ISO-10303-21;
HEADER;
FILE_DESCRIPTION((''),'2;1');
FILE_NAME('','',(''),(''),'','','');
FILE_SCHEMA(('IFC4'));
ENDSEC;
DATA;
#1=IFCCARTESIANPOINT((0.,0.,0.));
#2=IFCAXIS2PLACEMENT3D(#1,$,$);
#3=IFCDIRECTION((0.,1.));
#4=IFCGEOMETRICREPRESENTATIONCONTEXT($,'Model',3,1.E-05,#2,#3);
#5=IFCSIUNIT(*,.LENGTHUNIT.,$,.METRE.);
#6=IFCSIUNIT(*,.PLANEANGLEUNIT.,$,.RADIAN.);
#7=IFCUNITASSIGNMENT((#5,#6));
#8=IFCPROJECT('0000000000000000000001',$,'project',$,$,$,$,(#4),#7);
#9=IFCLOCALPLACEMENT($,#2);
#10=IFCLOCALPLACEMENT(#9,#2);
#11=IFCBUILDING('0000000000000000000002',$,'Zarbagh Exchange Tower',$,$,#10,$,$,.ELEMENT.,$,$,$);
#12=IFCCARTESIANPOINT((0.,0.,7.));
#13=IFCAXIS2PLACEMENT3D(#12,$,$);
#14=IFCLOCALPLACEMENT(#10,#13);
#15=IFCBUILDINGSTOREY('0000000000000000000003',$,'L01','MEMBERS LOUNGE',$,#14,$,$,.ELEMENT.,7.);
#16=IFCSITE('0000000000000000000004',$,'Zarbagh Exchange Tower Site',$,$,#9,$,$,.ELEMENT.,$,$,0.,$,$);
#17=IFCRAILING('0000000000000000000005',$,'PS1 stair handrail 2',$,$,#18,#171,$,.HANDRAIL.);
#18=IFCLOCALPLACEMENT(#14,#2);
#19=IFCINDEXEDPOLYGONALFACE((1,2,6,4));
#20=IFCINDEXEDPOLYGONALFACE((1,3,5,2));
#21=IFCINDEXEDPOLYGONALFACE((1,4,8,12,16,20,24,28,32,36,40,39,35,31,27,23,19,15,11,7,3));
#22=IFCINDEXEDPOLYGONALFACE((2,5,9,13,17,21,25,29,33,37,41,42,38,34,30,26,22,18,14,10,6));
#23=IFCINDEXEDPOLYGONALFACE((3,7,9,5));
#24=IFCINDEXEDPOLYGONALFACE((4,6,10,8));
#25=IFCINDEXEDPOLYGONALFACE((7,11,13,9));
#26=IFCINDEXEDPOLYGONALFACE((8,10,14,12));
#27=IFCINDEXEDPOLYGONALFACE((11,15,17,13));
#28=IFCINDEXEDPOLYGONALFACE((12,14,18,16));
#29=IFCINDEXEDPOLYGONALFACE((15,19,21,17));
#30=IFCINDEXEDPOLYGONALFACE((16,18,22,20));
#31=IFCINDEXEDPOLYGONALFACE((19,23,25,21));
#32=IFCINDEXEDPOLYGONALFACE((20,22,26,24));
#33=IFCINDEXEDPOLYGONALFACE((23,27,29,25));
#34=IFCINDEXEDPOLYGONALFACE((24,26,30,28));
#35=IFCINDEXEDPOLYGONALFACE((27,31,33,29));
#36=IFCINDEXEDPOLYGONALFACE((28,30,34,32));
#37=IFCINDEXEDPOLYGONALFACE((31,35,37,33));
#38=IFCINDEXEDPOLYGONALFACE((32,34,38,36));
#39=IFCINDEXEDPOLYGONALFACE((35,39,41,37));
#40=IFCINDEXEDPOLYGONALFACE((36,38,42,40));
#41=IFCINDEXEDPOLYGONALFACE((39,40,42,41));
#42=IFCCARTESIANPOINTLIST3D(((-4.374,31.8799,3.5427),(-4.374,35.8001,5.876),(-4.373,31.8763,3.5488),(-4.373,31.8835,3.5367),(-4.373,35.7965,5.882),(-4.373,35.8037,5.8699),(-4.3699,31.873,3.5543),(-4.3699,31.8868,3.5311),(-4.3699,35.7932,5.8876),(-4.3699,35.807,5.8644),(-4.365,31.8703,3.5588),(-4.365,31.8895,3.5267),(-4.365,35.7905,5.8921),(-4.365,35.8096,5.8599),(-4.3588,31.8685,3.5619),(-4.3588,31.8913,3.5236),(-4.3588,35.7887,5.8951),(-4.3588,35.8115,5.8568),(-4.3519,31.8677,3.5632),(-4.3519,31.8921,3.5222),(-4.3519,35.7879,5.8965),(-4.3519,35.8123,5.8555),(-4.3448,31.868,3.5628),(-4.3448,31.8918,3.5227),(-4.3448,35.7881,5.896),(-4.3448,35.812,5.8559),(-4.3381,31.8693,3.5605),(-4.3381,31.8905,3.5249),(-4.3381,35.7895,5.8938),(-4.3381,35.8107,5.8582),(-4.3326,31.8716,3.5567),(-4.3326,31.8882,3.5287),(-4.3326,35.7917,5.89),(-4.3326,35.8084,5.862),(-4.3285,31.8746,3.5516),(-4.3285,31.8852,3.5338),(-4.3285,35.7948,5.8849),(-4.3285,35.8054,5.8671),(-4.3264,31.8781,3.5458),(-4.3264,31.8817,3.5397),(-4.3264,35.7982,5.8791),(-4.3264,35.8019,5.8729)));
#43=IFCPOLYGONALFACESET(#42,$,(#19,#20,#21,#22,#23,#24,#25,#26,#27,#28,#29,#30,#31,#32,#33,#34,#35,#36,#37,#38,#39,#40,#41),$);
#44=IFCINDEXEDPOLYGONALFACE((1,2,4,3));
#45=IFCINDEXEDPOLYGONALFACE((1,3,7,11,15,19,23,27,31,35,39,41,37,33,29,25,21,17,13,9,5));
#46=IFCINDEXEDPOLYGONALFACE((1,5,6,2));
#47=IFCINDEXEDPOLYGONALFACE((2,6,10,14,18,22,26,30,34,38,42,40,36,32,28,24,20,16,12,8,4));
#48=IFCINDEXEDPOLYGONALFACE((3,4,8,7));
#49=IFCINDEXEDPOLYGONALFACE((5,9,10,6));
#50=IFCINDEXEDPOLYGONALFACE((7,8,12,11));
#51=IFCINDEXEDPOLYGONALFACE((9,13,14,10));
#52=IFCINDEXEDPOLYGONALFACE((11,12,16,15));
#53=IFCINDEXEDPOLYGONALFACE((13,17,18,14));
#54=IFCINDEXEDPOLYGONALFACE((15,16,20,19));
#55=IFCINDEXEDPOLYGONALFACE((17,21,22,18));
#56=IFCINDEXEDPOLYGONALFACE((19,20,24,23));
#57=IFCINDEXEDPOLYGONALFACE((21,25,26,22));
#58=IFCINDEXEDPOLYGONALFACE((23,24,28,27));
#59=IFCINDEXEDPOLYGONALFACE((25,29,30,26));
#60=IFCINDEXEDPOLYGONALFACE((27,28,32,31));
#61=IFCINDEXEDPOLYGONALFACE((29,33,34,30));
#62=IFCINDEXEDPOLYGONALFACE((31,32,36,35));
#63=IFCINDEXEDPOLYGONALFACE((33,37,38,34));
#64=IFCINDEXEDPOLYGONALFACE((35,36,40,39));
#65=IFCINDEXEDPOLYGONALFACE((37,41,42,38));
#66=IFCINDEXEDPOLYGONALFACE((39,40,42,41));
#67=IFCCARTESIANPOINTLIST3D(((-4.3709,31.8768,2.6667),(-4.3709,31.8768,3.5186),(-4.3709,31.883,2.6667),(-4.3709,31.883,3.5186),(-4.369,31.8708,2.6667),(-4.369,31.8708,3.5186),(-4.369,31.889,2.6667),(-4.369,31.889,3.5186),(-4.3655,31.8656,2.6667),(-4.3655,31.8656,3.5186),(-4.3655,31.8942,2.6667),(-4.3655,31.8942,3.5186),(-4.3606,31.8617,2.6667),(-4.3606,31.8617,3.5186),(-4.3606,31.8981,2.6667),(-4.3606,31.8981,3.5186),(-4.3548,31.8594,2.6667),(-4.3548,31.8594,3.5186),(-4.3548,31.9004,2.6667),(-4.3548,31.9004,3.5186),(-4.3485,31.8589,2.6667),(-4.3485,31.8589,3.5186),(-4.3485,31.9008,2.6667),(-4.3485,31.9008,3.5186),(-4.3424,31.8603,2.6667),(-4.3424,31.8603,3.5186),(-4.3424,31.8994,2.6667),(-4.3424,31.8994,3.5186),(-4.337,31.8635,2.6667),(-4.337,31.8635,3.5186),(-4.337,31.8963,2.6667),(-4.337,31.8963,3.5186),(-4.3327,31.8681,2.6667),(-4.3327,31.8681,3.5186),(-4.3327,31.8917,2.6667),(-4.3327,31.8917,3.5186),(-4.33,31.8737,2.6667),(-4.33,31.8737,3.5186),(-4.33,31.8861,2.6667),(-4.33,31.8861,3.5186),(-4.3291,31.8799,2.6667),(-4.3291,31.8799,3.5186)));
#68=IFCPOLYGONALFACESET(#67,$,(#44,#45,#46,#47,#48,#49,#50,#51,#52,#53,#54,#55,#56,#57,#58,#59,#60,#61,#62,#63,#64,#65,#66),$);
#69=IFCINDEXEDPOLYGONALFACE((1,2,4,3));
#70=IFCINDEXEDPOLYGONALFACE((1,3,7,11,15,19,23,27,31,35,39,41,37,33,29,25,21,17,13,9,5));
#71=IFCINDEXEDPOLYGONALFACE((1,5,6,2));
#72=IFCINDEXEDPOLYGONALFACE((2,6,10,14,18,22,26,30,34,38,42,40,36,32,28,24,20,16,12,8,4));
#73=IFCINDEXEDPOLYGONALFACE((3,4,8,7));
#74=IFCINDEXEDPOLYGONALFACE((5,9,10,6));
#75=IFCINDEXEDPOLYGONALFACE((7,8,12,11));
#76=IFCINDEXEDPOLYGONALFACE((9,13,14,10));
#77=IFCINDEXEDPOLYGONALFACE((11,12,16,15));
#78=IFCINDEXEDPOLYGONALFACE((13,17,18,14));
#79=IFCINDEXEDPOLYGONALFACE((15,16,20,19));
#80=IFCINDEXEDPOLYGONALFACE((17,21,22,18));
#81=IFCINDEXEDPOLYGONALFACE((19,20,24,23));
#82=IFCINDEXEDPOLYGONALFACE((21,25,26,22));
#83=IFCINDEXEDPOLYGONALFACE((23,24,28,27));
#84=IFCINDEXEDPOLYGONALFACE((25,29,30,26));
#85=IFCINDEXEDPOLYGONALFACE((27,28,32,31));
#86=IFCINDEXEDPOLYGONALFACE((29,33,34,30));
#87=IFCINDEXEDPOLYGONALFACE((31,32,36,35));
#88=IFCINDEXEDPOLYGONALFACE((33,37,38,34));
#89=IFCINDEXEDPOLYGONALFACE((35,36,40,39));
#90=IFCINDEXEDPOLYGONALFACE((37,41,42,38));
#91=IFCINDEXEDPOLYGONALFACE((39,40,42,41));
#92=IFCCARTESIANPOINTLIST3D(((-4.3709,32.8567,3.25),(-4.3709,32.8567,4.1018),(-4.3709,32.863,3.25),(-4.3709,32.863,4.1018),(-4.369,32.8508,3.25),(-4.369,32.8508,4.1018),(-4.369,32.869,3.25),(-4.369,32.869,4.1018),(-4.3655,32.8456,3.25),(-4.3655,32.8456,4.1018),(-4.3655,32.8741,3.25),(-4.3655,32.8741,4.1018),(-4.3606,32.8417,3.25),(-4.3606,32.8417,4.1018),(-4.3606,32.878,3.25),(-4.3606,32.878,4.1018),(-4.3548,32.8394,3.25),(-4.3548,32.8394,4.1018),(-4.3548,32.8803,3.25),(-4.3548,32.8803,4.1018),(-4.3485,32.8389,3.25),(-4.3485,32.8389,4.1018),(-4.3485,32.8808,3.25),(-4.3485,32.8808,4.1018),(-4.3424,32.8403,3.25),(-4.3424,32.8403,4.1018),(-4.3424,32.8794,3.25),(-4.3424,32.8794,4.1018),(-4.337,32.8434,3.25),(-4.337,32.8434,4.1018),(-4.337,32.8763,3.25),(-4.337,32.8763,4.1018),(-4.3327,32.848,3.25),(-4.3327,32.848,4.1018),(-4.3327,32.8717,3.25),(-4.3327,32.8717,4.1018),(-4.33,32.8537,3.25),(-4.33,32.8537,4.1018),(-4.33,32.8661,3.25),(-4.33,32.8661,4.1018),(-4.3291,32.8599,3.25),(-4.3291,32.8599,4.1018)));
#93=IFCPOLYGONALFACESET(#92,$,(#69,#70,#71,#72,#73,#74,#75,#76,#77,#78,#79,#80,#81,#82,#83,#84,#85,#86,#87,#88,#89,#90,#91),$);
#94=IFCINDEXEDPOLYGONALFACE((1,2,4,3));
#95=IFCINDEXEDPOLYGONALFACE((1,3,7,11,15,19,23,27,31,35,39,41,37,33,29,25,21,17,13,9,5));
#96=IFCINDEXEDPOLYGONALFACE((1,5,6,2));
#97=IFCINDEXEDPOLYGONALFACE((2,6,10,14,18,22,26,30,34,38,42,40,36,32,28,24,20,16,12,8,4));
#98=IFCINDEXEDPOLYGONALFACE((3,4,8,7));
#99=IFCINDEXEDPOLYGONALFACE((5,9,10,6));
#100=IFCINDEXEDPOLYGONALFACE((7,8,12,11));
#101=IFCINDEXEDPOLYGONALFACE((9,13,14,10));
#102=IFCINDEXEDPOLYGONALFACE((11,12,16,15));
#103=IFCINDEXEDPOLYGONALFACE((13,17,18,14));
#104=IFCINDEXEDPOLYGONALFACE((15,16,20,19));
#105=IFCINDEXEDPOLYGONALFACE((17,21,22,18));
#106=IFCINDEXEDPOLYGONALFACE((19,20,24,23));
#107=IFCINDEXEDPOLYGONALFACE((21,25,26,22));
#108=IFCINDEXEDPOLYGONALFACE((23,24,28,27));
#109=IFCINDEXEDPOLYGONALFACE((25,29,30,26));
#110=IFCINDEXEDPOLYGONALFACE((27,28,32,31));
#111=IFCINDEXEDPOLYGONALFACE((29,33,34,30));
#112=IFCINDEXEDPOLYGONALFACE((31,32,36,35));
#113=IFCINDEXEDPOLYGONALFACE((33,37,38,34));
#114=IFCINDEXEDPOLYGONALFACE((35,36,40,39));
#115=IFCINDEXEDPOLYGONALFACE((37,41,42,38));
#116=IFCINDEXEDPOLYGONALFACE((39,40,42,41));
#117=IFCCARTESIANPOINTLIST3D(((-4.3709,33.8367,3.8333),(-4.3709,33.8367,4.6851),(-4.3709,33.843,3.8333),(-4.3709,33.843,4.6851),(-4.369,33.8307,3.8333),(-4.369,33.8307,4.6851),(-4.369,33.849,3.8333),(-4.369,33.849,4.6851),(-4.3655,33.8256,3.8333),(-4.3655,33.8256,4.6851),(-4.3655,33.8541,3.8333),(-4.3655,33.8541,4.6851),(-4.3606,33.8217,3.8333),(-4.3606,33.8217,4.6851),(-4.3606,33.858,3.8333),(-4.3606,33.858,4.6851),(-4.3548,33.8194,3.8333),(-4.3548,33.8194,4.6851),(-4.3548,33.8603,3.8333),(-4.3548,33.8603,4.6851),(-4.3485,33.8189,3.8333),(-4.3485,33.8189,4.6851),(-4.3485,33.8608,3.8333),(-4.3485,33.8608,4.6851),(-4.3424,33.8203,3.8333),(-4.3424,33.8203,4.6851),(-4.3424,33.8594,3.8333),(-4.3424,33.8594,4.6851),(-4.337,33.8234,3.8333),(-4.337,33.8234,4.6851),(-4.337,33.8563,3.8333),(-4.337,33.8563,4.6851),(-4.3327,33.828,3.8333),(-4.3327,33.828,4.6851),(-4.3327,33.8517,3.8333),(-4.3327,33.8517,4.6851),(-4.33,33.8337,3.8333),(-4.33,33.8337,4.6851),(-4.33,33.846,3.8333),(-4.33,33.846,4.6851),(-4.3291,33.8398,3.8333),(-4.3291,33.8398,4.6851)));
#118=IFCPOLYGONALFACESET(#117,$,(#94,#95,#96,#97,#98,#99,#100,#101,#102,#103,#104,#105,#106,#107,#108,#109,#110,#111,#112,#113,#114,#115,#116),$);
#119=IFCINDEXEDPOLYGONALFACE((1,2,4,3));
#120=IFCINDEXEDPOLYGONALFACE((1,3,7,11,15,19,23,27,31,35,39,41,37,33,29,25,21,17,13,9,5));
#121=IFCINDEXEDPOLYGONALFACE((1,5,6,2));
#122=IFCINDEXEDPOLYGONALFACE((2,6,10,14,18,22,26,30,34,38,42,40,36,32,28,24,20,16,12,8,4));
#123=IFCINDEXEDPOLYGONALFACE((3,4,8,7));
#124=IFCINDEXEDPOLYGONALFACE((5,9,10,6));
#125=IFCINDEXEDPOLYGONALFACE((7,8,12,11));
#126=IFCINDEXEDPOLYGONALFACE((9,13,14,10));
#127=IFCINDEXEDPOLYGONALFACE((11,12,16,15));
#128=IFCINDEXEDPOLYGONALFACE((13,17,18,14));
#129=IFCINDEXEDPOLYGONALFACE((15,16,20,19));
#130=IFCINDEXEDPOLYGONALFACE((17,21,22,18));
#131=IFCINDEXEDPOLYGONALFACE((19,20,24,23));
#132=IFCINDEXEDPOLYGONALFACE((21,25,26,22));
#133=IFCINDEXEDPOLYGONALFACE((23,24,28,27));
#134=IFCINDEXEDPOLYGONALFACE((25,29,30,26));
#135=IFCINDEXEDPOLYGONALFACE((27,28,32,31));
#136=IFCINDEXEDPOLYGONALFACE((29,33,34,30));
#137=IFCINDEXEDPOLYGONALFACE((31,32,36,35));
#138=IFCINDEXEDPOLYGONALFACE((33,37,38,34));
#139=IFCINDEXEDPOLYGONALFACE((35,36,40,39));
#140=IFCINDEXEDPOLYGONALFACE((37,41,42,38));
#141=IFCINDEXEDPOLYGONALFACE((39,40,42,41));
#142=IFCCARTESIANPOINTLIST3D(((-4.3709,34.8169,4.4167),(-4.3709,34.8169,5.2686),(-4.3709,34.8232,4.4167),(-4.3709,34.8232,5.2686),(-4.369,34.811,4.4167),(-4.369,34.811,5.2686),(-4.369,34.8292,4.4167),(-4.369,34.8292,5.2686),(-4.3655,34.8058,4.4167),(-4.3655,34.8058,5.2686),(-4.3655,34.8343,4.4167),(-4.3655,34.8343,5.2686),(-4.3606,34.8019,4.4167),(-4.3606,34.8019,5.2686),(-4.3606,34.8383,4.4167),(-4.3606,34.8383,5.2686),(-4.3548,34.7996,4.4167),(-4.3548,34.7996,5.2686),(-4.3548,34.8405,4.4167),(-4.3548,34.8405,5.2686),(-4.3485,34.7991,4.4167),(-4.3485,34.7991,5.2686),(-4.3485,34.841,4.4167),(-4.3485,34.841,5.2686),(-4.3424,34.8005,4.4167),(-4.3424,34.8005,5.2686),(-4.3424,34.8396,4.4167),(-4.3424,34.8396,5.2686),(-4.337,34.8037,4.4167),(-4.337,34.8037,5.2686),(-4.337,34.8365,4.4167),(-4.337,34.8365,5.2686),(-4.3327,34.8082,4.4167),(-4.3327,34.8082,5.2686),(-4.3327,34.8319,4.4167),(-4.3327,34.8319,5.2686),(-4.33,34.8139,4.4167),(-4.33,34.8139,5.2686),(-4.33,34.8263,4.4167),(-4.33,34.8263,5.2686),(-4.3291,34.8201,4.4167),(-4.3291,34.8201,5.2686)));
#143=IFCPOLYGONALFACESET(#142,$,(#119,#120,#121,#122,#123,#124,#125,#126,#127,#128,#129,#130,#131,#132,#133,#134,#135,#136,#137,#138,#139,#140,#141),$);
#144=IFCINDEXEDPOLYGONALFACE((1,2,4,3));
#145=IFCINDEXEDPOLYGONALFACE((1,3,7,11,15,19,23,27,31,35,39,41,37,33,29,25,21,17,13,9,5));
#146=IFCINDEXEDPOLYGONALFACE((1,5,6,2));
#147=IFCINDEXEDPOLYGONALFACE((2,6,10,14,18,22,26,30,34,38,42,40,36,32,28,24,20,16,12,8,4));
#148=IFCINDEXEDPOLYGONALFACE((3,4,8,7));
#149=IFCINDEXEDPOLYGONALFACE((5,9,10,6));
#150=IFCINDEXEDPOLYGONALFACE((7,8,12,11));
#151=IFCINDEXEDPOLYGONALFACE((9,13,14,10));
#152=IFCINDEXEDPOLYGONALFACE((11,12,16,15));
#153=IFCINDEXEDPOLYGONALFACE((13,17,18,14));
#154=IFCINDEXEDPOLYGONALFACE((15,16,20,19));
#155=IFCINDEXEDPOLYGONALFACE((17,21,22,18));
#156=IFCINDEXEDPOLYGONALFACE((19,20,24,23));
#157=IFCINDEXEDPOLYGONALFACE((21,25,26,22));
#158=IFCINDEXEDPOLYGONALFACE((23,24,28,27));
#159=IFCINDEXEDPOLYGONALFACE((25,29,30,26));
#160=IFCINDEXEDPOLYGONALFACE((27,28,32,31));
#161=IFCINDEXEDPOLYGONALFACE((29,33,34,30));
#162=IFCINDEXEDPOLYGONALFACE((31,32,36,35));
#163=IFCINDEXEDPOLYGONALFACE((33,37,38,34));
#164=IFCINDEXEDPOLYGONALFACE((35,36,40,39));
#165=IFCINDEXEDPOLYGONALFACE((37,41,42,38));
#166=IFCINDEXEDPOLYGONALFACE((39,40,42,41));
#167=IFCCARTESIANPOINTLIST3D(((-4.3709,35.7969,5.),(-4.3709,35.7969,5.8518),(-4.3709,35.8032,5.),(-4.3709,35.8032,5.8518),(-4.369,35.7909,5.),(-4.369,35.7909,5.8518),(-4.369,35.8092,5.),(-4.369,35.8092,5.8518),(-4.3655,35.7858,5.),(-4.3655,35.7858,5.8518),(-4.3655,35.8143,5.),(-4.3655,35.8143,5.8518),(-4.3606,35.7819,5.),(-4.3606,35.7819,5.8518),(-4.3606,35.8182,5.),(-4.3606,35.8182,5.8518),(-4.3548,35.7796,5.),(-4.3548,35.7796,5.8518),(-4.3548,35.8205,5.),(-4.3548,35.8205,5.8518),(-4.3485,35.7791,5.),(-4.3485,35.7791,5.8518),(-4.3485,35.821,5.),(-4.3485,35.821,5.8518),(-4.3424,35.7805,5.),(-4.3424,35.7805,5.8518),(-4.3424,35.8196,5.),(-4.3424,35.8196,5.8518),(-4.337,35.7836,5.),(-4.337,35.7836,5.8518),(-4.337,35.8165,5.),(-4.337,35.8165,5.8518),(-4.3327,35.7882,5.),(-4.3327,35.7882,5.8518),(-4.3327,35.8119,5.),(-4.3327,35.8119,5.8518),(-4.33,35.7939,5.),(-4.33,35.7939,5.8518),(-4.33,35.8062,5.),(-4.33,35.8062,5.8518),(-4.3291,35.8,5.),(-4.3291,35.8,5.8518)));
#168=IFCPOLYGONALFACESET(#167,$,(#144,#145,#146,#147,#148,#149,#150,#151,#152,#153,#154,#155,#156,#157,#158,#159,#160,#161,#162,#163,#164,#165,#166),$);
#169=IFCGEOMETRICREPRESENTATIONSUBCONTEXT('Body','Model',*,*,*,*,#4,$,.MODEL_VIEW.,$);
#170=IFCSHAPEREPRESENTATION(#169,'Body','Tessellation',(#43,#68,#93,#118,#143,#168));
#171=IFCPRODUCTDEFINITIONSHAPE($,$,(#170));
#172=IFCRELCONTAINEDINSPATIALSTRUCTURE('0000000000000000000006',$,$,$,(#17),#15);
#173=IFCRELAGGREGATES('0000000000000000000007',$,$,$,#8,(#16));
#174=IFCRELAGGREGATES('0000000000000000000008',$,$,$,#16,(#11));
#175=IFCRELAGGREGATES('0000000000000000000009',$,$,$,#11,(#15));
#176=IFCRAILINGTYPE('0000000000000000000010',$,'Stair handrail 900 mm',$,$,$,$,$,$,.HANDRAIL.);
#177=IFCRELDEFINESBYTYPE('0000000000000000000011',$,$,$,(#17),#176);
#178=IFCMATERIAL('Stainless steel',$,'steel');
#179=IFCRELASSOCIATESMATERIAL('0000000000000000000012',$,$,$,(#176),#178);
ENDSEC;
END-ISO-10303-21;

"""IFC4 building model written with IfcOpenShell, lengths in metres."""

from ifc_helpers import new_model, si_unit, direction, frame, origin, origin_2d, place, context, subcontext, project, spatial, circle, extrude, material, type_object, element, save


model = new_model("IFC4")

# Units and contexts
model_context = context("Model", 3, precision=1e-05, world=origin(), true_north=direction((0.0, 1.0)))
body_context = subcontext(model_context, "Body", "Model", "MODEL_VIEW")
ifc_project = project(units=[si_unit("LENGTHUNIT", "METRE"), si_unit("PLANEANGLEUNIT", "RADIAN")], contexts=[model_context])

# Site, building, storey
site_placement = place(None, origin())
site = spatial("IfcSite", under=ifc_project, at=site_placement, Name="Zarbagh Exchange Tower Site", CompositionType="ELEMENT", RefElevation=0.0)
building_placement = place(site_placement, origin())
building = spatial("IfcBuilding", under=site, at=building_placement, Name="Zarbagh Exchange Tower", CompositionType="ELEMENT")
storey_placement = place(building_placement, frame((0.0, 0.0, 7.0)))
storey = spatial("IfcBuildingStorey", under=building, at=storey_placement, Name="L01", Description="MEMBERS LOUNGE", CompositionType="ELEMENT", Elevation=7.0)

# Railing
ifc_material_1 = material(Name="Stainless steel", Category="steel")
railing_type_1 = type_object("IfcRailingType", Name="Stair handrail 900 mm", PredefinedType="HANDRAIL", material=ifc_material_1)
railing_1_placement = place(storey_placement, frame((-4.3501, 31.8799, 2.6667)))
element("IfcRailing", 1, at=railing_1_placement, inside=storey, type_object=railing_type_1, Name="PS1 stair handrail 2", PredefinedType="HANDRAIL", context=body_context, shape_type="SweptSolid", body=[
    extrude(circle(Radius=0.0239, at=origin_2d()), frame((0.0, 0.0, 0.876), z_axis=(0.0, 0.85931, 0.511455), x_axis=(-1.0, 0.0, 0.0)), (0.0, 0.0, 1.0), 4.562),
    extrude(circle(Radius=0.021, at=origin_2d()), origin(), (0.0, 0.0, 1.0), 0.8518),
    extrude(circle(Radius=0.021, at=origin_2d()), frame((0.0, 0.98, 0.5833)), (0.0, 0.0, 1.0), 0.8518),
    extrude(circle(Radius=0.021, at=origin_2d()), frame((0.0, 1.96, 1.1665)), (0.0, 0.0, 1.0), 0.8518),
    extrude(circle(Radius=0.021, at=origin_2d()), frame((0.0, 2.9402, 1.75)), (0.0, 0.0, 1.0), 0.8518),
    extrude(circle(Radius=0.021, at=origin_2d()), frame((0.0, 3.9202, 2.3333)), (0.0, 0.0, 1.0), 0.8518),
])

save(model, "model.ifc")
